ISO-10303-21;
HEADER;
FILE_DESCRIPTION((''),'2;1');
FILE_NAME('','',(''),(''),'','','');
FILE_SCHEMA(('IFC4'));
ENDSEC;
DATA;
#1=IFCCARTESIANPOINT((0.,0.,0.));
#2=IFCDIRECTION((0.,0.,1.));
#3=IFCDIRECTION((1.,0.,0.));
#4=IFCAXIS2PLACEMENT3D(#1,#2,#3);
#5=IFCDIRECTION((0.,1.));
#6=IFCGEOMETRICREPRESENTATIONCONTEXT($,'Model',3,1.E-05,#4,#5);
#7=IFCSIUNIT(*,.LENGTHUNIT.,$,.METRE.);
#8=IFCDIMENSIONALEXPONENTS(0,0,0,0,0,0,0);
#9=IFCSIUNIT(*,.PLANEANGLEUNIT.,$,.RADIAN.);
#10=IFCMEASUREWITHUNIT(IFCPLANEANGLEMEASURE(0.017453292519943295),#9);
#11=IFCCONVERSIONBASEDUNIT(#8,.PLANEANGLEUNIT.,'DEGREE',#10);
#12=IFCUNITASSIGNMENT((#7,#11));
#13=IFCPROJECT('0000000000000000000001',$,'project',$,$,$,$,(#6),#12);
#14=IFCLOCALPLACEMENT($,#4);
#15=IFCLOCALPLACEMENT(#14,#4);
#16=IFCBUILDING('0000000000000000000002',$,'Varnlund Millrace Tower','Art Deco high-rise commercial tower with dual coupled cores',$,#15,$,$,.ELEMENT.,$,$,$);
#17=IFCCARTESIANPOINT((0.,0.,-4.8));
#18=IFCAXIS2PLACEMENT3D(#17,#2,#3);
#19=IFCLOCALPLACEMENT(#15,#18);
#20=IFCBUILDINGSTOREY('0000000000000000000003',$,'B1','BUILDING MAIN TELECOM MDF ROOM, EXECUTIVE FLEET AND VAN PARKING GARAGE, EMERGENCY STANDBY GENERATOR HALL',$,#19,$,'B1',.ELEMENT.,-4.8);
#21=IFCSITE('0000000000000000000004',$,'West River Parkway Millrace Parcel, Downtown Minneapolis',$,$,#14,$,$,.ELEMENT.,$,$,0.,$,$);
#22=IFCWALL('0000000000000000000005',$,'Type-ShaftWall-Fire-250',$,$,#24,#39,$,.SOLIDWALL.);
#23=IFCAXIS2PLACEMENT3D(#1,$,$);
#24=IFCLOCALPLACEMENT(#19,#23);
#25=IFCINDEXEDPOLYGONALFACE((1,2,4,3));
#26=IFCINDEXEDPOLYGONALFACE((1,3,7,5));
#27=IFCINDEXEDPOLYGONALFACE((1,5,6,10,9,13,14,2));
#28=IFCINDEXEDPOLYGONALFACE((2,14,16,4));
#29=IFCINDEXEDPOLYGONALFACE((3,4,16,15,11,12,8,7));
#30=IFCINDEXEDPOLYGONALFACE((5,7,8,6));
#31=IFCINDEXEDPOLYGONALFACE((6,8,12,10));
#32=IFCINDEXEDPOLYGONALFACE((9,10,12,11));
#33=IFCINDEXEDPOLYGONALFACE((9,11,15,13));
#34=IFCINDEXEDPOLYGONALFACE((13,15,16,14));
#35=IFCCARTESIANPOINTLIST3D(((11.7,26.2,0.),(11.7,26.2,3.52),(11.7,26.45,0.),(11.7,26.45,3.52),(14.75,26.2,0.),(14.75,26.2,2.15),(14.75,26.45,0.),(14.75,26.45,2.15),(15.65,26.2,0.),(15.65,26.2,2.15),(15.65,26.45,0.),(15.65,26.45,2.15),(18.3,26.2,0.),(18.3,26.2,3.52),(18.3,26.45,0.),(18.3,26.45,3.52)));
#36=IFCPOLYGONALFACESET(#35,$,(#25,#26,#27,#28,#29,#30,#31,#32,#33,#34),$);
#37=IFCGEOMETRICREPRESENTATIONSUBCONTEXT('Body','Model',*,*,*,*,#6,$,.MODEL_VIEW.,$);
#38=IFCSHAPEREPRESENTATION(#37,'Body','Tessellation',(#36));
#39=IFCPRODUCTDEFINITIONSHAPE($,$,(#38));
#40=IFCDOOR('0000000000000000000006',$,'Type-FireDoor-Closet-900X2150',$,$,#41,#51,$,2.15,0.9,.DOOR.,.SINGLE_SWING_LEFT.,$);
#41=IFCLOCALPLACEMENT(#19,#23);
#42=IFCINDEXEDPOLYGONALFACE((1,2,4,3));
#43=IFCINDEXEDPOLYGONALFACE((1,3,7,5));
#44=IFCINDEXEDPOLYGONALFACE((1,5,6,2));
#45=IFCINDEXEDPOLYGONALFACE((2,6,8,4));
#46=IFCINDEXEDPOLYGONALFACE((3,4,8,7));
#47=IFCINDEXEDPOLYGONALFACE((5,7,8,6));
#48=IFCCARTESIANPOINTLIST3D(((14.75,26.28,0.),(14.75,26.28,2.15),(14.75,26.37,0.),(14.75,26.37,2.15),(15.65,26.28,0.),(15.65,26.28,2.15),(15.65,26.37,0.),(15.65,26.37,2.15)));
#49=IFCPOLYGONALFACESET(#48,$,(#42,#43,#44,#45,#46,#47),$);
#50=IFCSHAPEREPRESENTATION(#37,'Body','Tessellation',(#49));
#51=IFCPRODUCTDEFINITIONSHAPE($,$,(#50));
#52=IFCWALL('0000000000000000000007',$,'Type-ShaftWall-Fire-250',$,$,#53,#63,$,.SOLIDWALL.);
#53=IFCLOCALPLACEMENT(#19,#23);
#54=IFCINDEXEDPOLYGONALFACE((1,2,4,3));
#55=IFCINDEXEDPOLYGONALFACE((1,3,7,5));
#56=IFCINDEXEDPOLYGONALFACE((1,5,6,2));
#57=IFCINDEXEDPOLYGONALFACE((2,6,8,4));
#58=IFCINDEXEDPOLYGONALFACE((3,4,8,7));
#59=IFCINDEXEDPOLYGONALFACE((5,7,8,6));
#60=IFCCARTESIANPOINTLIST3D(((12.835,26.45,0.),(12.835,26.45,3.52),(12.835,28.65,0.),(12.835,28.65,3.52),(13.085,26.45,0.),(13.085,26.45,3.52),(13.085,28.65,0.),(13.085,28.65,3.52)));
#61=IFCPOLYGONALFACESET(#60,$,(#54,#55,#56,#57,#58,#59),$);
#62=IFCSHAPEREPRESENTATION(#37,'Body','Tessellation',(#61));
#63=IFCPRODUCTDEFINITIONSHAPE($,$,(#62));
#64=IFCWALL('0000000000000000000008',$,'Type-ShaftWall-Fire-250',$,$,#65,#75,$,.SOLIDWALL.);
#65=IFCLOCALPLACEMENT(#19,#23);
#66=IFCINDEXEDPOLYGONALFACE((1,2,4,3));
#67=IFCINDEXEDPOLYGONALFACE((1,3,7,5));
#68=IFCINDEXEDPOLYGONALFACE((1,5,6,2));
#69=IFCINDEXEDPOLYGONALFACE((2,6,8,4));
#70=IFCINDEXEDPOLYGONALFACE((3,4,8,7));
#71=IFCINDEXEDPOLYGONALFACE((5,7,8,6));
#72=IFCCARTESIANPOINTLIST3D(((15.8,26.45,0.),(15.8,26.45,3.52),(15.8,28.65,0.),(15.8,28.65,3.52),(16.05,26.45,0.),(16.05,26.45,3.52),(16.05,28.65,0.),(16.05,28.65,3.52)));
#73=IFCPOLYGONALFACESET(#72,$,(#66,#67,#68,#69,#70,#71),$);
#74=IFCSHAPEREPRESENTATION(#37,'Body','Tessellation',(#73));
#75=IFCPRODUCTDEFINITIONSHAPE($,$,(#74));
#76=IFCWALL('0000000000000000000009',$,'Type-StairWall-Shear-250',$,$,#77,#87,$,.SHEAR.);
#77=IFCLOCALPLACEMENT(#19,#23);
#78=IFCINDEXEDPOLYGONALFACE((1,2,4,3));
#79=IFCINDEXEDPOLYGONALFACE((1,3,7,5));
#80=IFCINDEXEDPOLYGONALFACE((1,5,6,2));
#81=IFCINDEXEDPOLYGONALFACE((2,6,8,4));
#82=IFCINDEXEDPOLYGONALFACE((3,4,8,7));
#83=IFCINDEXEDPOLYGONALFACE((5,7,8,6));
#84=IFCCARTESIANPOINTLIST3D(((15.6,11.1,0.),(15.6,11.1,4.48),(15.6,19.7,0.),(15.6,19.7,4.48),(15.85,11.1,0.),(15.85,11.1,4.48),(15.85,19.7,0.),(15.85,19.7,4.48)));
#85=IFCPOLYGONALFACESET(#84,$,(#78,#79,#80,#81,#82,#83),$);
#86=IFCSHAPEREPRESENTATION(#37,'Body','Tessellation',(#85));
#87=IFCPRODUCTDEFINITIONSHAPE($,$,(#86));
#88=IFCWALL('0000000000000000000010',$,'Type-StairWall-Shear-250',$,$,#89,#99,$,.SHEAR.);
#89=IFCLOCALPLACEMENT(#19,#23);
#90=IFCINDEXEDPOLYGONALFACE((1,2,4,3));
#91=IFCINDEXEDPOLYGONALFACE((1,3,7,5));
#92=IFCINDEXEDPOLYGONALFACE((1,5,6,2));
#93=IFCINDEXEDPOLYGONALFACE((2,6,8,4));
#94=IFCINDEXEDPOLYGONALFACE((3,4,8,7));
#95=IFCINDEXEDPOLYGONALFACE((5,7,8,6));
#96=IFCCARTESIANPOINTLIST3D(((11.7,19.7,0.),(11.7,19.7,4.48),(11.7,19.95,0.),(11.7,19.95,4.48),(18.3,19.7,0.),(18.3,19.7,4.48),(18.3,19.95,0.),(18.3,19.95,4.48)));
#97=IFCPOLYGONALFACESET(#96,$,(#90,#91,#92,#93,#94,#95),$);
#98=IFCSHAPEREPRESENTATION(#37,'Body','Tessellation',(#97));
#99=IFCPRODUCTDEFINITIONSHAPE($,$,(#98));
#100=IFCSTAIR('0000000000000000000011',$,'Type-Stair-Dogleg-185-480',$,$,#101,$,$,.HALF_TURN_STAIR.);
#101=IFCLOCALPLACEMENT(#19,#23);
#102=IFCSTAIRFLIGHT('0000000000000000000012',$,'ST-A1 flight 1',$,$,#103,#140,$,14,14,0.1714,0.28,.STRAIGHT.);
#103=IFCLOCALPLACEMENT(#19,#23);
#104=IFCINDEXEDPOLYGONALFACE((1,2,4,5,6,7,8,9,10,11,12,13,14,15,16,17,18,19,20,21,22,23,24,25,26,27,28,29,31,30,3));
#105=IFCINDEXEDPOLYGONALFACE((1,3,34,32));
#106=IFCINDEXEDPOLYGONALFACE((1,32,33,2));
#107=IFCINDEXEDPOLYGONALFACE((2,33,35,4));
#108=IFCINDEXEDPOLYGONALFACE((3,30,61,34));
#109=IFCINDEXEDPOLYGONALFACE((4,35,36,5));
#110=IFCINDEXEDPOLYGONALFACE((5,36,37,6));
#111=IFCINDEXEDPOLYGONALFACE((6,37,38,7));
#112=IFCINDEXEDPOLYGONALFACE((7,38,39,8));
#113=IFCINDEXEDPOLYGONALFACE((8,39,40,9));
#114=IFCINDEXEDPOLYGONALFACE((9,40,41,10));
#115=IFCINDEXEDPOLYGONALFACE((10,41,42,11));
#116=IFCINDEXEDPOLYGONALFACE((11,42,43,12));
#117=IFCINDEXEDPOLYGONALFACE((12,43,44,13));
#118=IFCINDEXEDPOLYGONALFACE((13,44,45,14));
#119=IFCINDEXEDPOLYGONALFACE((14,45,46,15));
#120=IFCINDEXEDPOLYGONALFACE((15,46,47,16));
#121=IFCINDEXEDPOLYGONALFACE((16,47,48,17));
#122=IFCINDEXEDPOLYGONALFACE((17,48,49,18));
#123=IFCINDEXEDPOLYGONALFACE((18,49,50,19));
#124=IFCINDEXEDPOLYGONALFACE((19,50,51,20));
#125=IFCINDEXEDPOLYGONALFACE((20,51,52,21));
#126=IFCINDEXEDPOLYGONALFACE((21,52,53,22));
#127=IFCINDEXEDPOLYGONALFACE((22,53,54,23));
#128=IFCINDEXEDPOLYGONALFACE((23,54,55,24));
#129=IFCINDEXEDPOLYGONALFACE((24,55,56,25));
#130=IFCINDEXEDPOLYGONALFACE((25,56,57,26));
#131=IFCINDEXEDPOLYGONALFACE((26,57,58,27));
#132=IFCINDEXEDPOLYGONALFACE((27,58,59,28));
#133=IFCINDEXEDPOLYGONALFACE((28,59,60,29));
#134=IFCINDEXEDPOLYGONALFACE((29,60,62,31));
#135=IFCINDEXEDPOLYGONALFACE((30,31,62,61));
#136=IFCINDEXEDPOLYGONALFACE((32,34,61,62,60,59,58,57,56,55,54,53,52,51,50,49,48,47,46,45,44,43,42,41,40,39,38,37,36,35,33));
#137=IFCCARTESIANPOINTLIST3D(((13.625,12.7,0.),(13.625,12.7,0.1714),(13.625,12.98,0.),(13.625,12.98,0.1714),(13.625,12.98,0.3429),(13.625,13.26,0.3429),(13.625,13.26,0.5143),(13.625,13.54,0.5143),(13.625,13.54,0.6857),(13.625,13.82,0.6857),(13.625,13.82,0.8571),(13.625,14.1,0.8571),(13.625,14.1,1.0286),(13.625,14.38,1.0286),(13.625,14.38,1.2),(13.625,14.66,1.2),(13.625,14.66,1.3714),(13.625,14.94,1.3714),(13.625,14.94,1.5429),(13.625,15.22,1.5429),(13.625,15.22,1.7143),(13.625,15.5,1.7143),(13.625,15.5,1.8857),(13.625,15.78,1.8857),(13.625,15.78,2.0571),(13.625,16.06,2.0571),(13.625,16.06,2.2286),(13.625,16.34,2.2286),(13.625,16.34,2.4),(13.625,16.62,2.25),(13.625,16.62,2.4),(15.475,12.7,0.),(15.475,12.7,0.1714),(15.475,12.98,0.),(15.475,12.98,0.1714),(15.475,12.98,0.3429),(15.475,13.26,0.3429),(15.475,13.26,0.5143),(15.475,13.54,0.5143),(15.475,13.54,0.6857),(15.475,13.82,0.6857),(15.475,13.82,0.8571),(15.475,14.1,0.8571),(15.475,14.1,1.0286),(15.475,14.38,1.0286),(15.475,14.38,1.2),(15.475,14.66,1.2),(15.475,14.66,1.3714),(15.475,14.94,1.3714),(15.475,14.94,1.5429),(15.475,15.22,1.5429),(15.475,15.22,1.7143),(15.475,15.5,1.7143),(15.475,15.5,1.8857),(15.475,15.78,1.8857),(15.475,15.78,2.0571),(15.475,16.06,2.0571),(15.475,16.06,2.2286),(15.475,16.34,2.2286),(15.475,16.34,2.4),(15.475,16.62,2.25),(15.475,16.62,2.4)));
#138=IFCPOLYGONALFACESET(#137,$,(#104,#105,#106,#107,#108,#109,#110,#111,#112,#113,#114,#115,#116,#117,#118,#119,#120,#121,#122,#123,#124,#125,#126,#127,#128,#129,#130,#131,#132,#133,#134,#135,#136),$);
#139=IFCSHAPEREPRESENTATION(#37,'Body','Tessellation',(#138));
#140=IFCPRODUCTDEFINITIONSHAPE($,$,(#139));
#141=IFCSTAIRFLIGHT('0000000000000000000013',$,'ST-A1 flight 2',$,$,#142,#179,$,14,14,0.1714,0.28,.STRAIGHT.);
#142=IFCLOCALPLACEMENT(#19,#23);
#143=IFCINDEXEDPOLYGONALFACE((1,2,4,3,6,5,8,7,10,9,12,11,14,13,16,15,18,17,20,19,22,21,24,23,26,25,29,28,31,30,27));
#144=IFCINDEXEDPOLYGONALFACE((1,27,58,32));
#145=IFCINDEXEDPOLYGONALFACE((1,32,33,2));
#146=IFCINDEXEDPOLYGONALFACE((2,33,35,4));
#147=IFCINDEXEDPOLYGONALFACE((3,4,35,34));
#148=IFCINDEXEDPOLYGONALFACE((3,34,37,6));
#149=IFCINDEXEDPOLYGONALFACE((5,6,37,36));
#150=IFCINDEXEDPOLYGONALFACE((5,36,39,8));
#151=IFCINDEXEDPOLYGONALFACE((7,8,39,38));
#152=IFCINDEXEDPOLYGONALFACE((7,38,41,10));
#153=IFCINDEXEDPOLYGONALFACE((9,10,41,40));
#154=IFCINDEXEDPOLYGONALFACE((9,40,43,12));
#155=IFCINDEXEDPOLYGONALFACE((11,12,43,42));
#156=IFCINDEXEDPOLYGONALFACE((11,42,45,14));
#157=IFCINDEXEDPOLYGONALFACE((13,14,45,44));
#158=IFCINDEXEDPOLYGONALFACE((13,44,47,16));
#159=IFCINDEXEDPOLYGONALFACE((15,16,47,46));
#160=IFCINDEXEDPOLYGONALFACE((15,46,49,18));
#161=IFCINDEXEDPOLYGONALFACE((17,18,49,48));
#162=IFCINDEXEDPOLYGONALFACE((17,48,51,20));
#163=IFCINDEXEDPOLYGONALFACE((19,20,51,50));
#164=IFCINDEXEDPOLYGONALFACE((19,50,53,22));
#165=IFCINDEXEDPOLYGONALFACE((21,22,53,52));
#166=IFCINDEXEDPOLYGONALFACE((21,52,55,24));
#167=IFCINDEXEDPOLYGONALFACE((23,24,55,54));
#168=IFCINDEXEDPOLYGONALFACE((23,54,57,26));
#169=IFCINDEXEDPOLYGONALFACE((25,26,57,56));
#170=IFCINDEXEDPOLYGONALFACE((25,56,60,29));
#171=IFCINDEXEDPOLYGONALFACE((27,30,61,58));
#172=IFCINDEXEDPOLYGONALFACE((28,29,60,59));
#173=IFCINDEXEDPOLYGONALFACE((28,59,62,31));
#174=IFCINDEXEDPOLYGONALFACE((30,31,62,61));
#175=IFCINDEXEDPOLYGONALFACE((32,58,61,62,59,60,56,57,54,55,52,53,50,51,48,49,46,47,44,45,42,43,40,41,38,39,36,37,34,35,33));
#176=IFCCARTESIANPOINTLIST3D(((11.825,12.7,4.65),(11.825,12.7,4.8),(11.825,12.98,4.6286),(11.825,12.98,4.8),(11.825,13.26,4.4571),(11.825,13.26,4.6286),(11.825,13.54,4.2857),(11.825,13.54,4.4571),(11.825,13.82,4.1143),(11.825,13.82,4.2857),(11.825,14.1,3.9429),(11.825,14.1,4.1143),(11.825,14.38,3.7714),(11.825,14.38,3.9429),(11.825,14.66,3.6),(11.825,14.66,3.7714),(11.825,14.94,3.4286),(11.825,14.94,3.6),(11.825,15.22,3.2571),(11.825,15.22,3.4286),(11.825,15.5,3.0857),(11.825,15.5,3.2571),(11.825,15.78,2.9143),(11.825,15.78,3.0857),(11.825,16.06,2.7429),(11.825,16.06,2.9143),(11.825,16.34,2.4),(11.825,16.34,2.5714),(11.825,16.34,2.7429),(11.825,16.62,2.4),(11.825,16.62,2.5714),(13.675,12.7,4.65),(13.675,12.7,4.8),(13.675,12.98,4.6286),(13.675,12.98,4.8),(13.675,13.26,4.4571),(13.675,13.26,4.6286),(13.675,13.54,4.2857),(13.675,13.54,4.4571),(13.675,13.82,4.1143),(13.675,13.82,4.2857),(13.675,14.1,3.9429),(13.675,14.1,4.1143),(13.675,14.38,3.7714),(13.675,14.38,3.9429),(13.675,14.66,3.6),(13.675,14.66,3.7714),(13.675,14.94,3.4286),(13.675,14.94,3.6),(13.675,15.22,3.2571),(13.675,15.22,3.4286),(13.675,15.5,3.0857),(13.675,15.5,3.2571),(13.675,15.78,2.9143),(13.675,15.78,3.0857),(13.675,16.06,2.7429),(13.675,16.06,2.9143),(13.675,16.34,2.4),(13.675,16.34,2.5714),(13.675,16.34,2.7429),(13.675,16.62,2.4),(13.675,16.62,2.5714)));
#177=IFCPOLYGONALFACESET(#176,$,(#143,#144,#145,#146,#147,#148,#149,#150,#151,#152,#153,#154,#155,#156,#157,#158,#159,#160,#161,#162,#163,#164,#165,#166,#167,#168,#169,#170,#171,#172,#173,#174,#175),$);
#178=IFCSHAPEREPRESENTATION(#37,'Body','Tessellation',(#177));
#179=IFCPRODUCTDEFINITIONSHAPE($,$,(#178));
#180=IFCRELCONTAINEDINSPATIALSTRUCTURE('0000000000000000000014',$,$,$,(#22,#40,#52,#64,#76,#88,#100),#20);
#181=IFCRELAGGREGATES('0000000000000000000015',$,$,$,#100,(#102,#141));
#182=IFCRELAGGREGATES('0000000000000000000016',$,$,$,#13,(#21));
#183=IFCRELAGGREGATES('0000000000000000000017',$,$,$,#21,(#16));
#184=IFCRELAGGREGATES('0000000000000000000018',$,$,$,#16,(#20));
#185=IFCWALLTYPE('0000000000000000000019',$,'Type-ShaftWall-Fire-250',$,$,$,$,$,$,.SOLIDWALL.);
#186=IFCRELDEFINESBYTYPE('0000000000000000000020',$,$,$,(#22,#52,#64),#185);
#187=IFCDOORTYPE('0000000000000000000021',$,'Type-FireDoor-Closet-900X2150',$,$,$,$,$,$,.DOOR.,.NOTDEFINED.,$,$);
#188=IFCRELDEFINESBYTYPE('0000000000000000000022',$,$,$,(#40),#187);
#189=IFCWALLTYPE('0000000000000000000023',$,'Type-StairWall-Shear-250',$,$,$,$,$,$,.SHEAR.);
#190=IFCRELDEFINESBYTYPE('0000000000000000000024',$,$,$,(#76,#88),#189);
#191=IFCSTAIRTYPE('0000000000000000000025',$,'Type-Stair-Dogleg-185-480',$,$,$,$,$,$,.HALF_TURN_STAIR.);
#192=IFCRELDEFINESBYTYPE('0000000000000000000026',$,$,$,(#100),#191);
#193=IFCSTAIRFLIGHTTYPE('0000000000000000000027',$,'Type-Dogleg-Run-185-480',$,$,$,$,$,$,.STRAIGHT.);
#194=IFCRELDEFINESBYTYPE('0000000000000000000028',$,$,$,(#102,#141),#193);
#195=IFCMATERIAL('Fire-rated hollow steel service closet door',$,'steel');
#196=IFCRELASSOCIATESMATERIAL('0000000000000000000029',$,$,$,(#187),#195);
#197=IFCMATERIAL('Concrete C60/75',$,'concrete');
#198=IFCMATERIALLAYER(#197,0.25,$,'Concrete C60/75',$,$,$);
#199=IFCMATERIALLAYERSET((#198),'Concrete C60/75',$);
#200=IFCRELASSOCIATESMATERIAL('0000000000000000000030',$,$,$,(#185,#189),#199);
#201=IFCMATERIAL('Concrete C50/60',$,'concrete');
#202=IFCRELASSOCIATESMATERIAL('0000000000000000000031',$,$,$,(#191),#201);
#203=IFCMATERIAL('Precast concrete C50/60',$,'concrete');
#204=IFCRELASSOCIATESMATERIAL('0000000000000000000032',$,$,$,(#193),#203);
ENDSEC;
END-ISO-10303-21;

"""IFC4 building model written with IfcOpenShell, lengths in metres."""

from ifc_helpers import new_model, entity, si_unit, converted_unit, direction, frame, origin_with_axes, origin_2d_with_axis, place, context, subcontext, project, spatial, polyline, rectangle, outline, extrude, material, layer, layer_set, type_object, element, fill, aggregate, save


model = new_model("IFC4")

# Units and contexts
model_context = context("Model", 3, precision=1e-05, world=origin_with_axes(), true_north=direction((0.0, 1.0)))
body_context = subcontext(model_context, "Body", "Model", "MODEL_VIEW")
ifc_project = project(units=[si_unit("LENGTHUNIT", "METRE"), converted_unit("PLANEANGLEUNIT", "DEGREE", entity("IfcPlaneAngleMeasure", 0.017453292519943295), si_unit("PLANEANGLEUNIT", "RADIAN"), dimensions=[0, 0, 0, 0, 0, 0, 0])], contexts=[model_context])

# Site, building, storey
site_placement = place(None, origin_with_axes())
site = spatial("IfcSite", under=ifc_project, at=site_placement, Name="West River Parkway Millrace Parcel, Downtown Minneapolis", CompositionType="ELEMENT", RefElevation=0.0)
building_placement = place(site_placement, origin_with_axes())
building = spatial("IfcBuilding", under=site, at=building_placement, Name="Varnlund Millrace Tower", Description="Art Deco high-rise commercial tower with dual coupled cores", CompositionType="ELEMENT")
storey_placement = place(building_placement, frame((0.0, 0.0, -4.8), z_axis=(0.0, 0.0, 1.0), x_axis=(1.0, 0.0, 0.0)))
storey = spatial("IfcBuildingStorey", under=building, at=storey_placement, Name="B1", Description="BUILDING MAIN TELECOM MDF ROOM, EXECUTIVE FLEET AND VAN PARKING GARAGE, EMERGENCY STANDBY GENERATOR HALL", LongName="B1", CompositionType="ELEMENT", Elevation=-4.8)

# Shared definitions
ifc_material_1 = material(Name="Fire-rated hollow steel service closet door", Category="steel")
door_type_1 = type_object("IfcDoorType", Name="Type-FireDoor-Closet-900X2150", OperationType="NOTDEFINED", PredefinedType="DOOR", material=ifc_material_1)
ifc_material_2 = material(Name="Concrete C60/75", Category="concrete")
ifc_layer_1 = layer(ifc_material_2, 0.25, Name="Concrete C60/75")
ifc_layer_set_1 = layer_set([ifc_layer_1], Name="Concrete C60/75")
wall_type_1 = type_object("IfcWallType", Name="Type-ShaftWall-Fire-250", PredefinedType="SOLIDWALL", material=ifc_layer_set_1)

# Wall, opening, door
wall_1_placement = place(storey_placement, frame((11.7, 26.325, 0.0), z_axis=(0.0, 0.0, 1.0), x_axis=(1.0, 0.0, 0.0)))
wall_1 = element("IfcWall", 1, at=wall_1_placement, inside=storey, type_object=wall_type_1, Name="Type-ShaftWall-Fire-250", PredefinedType="SOLIDWALL", context=body_context, shape_type="SweptSolid", body=[
    extrude(outline(polyline([(0.0, -0.125), (6.6, -0.125), (6.6, 0.125), (0.0, 0.125), (0.0, -0.125)])), origin_with_axes(), (0.0, 0.0, 1.0), 3.52),
])
opening_1_placement = place(wall_1_placement, frame((3.5, 0.0, 0.0), z_axis=(0.0, 0.0, 1.0), x_axis=(1.0, 0.0, 0.0)))
opening_1 = element("IfcOpeningElement", 2, at=opening_1_placement, cuts=wall_1, PredefinedType="OPENING", context=body_context, shape_type="SweptSolid", body=[
    extrude(rectangle(XDim=0.9, YDim=0.27, at=origin_2d_with_axis()), origin_with_axes(), (0.0, 0.0, 1.0), 2.15),
])
door_1_placement = place(wall_1_placement, frame((3.5, 0.0, 0.0), z_axis=(0.0, 0.0, 1.0), x_axis=(1.0, 0.0, 0.0)))
door_1 = element("IfcDoor", 3, at=door_1_placement, inside=storey, type_object=door_type_1, Name="Type-FireDoor-Closet-900X2150", OperationType="SINGLE_SWING_LEFT", OverallHeight=2.15, OverallWidth=0.9, PredefinedType="DOOR", context=body_context, shape_type="SweptSolid", body=[
    extrude(rectangle(XDim=0.9, YDim=0.09, at=origin_2d_with_axis()), origin_with_axes(), (0.0, 0.0, 1.0), 2.15),
])
fill(opening_1, door_1)

# Walls
for number, where, z_axis, x_axis, name in (
    (4, (12.96, 26.45, 0.0), (0.0, 0.0, 1.0), (0.0, 1.0, 0.0), "Type-ShaftWall-Fire-250"),
    (5, (15.925, 26.45, 0.0), (0.0, 0.0, 1.0), (0.0, 1.0, 0.0), "Type-ShaftWall-Fire-250"),
):
    element("IfcWall", number, at=place(storey_placement, frame(where, z_axis=z_axis, x_axis=x_axis)), inside=storey, type_object=wall_type_1, Name=name, PredefinedType="SOLIDWALL", context=body_context, shape_type="SweptSolid", body=[
        extrude(outline(polyline([(0.0, -0.125), (2.2, -0.125), (2.2, 0.125), (0.0, 0.125), (0.0, -0.125)])), origin_with_axes(), (0.0, 0.0, 1.0), 3.52),
    ])
wall_type_2 = type_object("IfcWallType", Name="Type-StairWall-Shear-250", PredefinedType="SHEAR", material=ifc_layer_set_1)
wall_2_placement = place(storey_placement, frame((15.725, 11.1, 0.0), z_axis=(0.0, 0.0, 1.0), x_axis=(0.0, 1.0, 0.0)))
element("IfcWall", 6, at=wall_2_placement, inside=storey, type_object=wall_type_2, Name="Type-StairWall-Shear-250", PredefinedType="SHEAR", context=body_context, shape_type="SweptSolid", body=[
    extrude(outline(polyline([(0.0, -0.125), (8.6, -0.125), (8.6, 0.125), (0.0, 0.125), (0.0, -0.125)])), origin_with_axes(), (0.0, 0.0, 1.0), 4.48),
])
wall_3_placement = place(storey_placement, frame((11.7, 19.825, 0.0), z_axis=(0.0, 0.0, 1.0), x_axis=(1.0, 0.0, 0.0)))
element("IfcWall", 7, at=wall_3_placement, inside=storey, type_object=wall_type_2, Name="Type-StairWall-Shear-250", PredefinedType="SHEAR", context=body_context, shape_type="SweptSolid", body=[
    extrude(outline(polyline([(0.0, -0.125), (6.6, -0.125), (6.6, 0.125), (0.0, 0.125), (0.0, -0.125)])), origin_with_axes(), (0.0, 0.0, 1.0), 4.48),
])

# Stair, stair flights
ifc_material_3 = material(Name="Concrete C50/60", Category="concrete")
stair_type = type_object("IfcStairType", Name="Type-Stair-Dogleg-185-480", PredefinedType="HALF_TURN_STAIR", material=ifc_material_3)
stair_placement = place(storey_placement, origin_with_axes())
stair = element("IfcStair", 8, at=stair_placement, inside=storey, type_object=stair_type, Name="Type-Stair-Dogleg-185-480", PredefinedType="HALF_TURN_STAIR")
ifc_material_4 = material(Name="Precast concrete C50/60", Category="concrete")
stair_flight_type = type_object("IfcStairFlightType", Name="Type-Dogleg-Run-185-480", PredefinedType="STRAIGHT", material=ifc_material_4)
stair_flight_1_placement = place(storey_placement, frame((13.625, 12.7, 0.0), z_axis=(1.0, 0.0, 0.0), x_axis=(0.0, 1.0, 0.0)))
stair_flight_1 = element("IfcStairFlight", 9, at=stair_flight_1_placement, type_object=stair_flight_type, Name="ST-A1 flight 1", NumberOfRisers=14, NumberOfTreads=14, PredefinedType="STRAIGHT", RiserHeight=0.1714, TreadLength=0.28, context=body_context, shape_type="SweptSolid", body=[
    extrude(outline(polyline([(0.0, 0.0), (0.0, 0.1714), (0.28, 0.1714), (0.28, 0.3429), (0.56, 0.3429), (0.56, 0.5143), (0.84, 0.5143), (0.84, 0.6857), (1.12, 0.6857), (1.12, 0.8571), (1.4, 0.8571), (1.4, 1.0286), (1.68, 1.0286), (1.68, 1.2), (1.96, 1.2), (1.96, 1.3714), (2.24, 1.3714), (2.24, 1.5429), (2.52, 1.5429), (2.52, 1.7143), (2.8, 1.7143), (2.8, 1.8857), (3.08, 1.8857), (3.08, 2.0571), (3.36, 2.0571), (3.36, 2.2286), (3.64, 2.2286), (3.64, 2.4), (3.92, 2.4), (3.92, 2.25), (0.28, 0.0), (0.0, 0.0)])), origin_with_axes(), (0.0, 0.0, 1.0), 1.85),
])
stair_flight_2_placement = place(storey_placement, frame((13.675, 16.62, 2.4), z_axis=(-1.0, 0.0, 0.0), x_axis=(0.0, -1.0, 0.0)))
stair_flight_2 = element("IfcStairFlight", 10, at=stair_flight_2_placement, type_object=stair_flight_type, Name="ST-A1 flight 2", NumberOfRisers=14, NumberOfTreads=14, PredefinedType="STRAIGHT", RiserHeight=0.1714, TreadLength=0.28, context=body_context, shape_type="SweptSolid", body=[
    extrude(outline(polyline([(0.0, 0.0), (0.0, 0.1714), (0.28, 0.1714), (0.28, 0.3429), (0.56, 0.3429), (0.56, 0.5143), (0.84, 0.5143), (0.84, 0.6857), (1.12, 0.6857), (1.12, 0.8571), (1.4, 0.8571), (1.4, 1.0286), (1.68, 1.0286), (1.68, 1.2), (1.96, 1.2), (1.96, 1.3714), (2.24, 1.3714), (2.24, 1.5429), (2.52, 1.5429), (2.52, 1.7143), (2.8, 1.7143), (2.8, 1.8857), (3.08, 1.8857), (3.08, 2.0571), (3.36, 2.0571), (3.36, 2.2286), (3.64, 2.2286), (3.64, 2.4), (3.92, 2.4), (3.92, 2.25), (0.28, 0.0), (0.0, 0.0)])), origin_with_axes(), (0.0, 0.0, 1.0), 1.85),
])
aggregate(stair, [stair_flight_1, stair_flight_2])

save(model, "model.ifc")
